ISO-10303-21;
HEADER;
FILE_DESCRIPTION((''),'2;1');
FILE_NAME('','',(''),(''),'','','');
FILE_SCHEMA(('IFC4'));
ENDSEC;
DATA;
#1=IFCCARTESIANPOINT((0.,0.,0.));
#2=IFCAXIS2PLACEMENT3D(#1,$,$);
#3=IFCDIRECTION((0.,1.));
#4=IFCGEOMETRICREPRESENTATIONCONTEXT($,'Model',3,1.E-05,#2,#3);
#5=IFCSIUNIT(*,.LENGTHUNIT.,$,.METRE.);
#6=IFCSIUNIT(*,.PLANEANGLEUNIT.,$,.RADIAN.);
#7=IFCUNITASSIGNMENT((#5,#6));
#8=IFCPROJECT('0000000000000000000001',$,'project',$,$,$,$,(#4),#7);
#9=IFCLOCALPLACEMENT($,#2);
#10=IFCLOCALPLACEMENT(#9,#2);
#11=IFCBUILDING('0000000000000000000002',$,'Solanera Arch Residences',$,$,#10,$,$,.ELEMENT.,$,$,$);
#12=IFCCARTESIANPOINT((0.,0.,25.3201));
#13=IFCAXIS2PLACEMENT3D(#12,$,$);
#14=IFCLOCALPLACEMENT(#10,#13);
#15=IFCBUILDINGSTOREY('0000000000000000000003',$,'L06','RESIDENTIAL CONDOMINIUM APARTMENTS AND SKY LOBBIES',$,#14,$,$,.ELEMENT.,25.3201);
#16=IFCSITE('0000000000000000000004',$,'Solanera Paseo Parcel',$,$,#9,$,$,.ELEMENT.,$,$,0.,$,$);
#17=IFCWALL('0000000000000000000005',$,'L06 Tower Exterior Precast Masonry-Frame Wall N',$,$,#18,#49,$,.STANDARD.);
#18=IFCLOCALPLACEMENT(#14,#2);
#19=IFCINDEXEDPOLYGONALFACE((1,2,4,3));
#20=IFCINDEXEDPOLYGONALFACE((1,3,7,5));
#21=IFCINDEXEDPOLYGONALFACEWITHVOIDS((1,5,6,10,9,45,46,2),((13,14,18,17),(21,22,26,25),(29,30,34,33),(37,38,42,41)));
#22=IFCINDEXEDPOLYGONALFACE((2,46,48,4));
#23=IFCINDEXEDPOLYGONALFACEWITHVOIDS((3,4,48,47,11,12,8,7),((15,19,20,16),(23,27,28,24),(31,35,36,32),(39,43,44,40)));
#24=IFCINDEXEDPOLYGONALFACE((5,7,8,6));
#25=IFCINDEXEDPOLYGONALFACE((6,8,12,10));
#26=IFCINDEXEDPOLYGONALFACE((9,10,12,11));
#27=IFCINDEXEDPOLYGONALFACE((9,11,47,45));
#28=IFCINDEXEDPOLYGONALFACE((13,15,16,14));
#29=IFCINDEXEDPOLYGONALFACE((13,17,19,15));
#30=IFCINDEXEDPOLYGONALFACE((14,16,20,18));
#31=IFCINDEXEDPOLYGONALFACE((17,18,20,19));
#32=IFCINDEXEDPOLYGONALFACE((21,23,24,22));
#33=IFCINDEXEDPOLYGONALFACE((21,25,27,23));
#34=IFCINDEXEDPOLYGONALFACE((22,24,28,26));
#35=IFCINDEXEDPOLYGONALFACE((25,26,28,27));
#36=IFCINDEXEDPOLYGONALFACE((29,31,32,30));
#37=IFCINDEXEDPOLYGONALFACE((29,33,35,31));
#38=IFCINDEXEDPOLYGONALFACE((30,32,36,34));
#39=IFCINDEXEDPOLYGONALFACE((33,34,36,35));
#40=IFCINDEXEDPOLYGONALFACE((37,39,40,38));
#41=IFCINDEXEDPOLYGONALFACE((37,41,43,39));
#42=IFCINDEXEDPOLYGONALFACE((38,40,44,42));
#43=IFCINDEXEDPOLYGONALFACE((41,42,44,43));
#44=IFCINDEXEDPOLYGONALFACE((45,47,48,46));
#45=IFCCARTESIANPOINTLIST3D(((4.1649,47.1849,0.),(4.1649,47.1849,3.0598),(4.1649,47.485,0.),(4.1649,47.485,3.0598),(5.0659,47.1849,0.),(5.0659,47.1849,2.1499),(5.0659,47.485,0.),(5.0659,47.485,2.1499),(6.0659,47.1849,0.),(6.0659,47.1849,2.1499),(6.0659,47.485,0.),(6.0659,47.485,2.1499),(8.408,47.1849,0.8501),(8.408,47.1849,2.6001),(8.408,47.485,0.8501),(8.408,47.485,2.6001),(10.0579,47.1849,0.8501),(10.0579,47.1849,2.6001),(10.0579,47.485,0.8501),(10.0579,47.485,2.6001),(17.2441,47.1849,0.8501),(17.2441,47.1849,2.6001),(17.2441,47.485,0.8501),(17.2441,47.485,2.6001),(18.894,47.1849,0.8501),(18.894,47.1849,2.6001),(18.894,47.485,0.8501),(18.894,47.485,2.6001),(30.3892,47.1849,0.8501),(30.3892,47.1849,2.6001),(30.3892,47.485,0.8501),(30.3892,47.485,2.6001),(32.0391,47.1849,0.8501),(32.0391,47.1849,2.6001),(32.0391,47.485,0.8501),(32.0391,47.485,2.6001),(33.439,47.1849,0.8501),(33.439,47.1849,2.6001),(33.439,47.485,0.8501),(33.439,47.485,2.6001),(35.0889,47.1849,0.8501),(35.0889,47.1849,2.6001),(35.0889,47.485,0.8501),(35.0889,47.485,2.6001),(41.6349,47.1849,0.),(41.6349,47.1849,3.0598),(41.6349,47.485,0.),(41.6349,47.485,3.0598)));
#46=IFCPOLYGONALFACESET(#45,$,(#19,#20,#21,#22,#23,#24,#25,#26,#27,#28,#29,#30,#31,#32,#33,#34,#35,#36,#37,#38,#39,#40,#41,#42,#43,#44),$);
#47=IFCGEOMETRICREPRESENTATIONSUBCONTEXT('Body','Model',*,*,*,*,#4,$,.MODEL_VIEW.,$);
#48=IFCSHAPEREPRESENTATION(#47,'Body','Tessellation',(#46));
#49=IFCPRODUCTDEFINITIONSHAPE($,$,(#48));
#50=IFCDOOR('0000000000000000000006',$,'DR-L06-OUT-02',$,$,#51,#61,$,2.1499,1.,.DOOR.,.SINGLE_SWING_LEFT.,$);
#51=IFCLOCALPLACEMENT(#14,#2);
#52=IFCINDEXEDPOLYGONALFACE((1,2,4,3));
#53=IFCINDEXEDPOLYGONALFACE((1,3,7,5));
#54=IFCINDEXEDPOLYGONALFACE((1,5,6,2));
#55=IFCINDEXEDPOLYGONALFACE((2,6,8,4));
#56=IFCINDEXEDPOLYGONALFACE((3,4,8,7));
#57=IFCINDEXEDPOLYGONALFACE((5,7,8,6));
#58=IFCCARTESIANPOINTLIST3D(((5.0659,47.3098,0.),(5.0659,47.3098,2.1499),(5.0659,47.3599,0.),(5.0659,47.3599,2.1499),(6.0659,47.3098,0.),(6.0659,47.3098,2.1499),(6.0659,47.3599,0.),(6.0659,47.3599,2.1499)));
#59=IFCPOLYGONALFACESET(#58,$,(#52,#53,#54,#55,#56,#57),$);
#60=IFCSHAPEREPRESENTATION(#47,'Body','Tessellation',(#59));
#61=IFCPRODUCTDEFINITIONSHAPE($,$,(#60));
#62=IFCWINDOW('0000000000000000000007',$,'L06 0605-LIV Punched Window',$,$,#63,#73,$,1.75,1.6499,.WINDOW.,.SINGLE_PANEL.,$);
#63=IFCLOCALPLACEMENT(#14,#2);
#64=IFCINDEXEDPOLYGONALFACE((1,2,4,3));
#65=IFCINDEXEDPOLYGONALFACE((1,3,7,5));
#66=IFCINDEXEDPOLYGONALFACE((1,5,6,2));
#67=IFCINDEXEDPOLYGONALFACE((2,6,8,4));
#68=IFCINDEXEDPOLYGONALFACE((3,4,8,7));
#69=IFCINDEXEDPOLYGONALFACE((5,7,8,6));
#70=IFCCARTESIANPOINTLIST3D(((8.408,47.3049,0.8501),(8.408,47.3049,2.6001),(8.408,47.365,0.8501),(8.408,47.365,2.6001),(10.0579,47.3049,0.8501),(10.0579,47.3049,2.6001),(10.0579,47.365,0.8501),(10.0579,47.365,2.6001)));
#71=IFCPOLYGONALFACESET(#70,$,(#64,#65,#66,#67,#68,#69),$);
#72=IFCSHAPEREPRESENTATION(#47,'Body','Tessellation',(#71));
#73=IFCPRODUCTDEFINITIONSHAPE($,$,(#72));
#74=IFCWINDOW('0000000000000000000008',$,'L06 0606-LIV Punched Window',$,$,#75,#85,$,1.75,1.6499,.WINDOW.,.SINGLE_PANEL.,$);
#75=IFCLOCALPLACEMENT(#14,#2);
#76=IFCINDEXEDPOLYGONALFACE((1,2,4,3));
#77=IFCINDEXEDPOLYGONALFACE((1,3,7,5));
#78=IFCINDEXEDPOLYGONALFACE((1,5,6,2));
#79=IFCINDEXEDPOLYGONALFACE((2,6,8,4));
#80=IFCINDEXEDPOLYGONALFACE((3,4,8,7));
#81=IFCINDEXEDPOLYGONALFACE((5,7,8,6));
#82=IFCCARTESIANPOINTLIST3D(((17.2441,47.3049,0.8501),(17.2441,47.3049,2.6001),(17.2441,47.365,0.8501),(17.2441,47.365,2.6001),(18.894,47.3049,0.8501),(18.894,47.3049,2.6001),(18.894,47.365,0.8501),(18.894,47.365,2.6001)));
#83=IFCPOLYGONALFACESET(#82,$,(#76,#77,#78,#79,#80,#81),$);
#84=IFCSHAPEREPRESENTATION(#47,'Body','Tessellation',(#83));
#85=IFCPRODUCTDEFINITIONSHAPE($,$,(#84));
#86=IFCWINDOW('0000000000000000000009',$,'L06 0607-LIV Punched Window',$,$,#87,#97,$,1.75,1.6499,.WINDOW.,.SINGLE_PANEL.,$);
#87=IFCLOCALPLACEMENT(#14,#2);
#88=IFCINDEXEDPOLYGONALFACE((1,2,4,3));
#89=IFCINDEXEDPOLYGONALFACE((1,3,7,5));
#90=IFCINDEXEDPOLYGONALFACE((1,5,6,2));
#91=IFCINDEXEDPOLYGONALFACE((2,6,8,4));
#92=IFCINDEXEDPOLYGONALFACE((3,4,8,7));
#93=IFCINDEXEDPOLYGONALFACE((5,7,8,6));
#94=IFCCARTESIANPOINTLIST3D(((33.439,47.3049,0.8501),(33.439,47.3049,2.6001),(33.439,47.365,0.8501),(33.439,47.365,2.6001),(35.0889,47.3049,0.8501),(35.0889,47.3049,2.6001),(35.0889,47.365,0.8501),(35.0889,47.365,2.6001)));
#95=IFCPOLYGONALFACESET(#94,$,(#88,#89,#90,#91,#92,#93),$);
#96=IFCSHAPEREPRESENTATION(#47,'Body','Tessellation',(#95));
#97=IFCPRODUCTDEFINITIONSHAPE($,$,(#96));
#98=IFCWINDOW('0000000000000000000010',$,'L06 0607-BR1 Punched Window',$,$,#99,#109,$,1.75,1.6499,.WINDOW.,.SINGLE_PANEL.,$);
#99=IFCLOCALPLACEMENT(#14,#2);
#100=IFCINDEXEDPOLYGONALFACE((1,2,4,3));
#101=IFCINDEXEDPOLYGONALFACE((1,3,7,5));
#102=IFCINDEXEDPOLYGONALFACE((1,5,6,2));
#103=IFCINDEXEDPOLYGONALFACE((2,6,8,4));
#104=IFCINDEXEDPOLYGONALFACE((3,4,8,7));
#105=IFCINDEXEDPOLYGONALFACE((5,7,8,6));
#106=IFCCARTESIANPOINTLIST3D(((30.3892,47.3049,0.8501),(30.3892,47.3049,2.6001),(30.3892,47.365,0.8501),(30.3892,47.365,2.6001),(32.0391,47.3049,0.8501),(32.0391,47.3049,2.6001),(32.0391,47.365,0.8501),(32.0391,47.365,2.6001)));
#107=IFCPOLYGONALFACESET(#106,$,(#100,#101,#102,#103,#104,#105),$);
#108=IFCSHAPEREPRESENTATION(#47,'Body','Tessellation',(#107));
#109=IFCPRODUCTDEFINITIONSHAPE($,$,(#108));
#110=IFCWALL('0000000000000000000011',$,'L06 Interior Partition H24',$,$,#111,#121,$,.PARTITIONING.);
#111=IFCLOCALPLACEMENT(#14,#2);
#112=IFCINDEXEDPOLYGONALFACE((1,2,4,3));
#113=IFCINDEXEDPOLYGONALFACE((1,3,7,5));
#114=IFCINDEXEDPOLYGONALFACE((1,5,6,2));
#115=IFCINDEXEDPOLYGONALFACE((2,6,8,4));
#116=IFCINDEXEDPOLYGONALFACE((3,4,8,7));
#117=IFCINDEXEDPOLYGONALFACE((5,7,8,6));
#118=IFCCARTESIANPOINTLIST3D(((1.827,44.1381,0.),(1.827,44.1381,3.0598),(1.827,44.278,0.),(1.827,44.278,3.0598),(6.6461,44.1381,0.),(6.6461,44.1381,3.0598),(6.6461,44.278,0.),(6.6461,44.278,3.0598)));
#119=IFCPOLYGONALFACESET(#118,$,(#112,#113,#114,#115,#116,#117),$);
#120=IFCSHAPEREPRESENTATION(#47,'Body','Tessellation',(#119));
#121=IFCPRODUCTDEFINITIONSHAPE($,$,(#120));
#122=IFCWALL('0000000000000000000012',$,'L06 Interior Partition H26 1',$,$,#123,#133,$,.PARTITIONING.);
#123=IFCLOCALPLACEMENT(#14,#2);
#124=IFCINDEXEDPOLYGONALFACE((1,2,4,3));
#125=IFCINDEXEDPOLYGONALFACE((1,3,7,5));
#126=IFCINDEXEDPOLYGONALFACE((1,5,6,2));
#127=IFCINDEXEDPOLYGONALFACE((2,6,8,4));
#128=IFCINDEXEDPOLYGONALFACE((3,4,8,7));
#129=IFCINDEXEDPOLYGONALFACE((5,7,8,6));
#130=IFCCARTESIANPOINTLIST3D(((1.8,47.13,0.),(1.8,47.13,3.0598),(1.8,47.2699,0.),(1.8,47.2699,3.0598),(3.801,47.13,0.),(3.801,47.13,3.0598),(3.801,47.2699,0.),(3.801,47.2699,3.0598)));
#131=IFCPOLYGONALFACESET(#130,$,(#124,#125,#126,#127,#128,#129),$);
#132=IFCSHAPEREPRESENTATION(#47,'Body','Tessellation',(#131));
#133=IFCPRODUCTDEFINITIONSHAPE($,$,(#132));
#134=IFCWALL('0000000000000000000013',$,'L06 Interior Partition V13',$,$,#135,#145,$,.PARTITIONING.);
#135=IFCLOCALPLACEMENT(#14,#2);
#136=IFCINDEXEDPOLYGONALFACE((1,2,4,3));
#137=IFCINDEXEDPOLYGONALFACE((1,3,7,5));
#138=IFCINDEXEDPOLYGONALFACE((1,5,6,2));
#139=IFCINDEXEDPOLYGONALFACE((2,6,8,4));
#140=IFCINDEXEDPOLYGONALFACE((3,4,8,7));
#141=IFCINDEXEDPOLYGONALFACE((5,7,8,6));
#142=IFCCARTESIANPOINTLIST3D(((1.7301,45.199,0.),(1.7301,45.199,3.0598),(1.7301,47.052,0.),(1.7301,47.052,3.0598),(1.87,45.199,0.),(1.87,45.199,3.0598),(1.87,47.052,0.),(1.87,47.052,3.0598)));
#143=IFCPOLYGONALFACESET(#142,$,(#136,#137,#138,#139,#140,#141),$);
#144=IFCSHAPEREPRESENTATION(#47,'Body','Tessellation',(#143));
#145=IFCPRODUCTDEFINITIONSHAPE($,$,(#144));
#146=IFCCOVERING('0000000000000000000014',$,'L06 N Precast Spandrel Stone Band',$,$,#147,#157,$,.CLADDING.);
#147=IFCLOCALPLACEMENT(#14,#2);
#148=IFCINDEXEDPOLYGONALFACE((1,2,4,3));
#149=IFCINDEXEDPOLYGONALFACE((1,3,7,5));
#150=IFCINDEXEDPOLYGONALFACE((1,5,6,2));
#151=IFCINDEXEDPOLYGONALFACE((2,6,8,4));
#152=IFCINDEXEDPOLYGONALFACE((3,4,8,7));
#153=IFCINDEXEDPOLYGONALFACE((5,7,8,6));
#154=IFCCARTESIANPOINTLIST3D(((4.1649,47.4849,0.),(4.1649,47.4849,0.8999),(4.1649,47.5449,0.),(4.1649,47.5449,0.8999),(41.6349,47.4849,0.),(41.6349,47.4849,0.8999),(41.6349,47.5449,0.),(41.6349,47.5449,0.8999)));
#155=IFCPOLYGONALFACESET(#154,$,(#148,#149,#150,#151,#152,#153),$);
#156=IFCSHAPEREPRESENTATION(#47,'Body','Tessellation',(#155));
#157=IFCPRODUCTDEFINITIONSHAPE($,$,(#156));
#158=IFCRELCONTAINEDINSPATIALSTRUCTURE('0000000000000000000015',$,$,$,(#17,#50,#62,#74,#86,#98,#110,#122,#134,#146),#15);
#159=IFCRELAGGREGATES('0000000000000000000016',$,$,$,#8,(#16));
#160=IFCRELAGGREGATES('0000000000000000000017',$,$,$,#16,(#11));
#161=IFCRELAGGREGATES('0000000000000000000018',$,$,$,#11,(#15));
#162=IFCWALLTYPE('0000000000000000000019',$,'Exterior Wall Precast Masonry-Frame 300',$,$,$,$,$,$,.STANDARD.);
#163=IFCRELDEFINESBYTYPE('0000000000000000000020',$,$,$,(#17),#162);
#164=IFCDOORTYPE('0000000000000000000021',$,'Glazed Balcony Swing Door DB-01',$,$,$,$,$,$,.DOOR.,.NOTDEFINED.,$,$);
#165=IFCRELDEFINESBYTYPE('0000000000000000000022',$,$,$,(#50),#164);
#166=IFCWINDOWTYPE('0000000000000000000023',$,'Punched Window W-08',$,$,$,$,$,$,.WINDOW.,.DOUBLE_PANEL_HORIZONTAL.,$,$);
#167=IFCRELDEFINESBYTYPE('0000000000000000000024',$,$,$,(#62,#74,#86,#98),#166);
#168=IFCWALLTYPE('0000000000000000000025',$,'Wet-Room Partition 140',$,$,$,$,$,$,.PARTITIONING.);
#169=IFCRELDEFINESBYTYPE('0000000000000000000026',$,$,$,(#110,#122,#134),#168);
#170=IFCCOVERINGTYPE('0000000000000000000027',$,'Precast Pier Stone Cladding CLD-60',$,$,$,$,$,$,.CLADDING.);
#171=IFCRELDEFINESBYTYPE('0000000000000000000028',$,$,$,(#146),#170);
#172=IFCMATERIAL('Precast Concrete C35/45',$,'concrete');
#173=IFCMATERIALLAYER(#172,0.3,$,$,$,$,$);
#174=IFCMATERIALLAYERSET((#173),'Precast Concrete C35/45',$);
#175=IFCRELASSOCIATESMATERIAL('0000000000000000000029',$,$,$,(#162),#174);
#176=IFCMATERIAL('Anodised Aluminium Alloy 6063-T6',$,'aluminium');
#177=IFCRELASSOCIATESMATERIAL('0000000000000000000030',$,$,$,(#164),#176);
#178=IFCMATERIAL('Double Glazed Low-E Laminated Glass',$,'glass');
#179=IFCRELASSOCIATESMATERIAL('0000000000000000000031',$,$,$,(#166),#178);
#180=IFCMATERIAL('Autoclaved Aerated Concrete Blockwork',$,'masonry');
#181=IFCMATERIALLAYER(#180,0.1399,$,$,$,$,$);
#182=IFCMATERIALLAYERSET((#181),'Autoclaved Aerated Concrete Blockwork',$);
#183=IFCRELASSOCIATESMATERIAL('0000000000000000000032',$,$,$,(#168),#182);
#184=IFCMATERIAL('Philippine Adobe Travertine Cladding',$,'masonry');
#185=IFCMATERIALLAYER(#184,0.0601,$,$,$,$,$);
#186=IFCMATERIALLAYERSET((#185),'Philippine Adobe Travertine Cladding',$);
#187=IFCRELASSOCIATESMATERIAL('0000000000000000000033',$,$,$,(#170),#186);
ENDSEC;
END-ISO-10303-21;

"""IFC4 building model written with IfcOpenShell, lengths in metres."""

from ifc_helpers import new_model, si_unit, direction, frame, frame_2d, origin, place, context, subcontext, project, spatial, rectangle, extrude, material, layer, layer_set, type_object, element, fill, save


model = new_model("IFC4")

# Units and contexts
model_context = context("Model", 3, precision=1e-05, world=origin(), true_north=direction((0.0, 1.0)))
body_context = subcontext(model_context, "Body", "Model", "MODEL_VIEW")
ifc_project = project(units=[si_unit("LENGTHUNIT", "METRE"), si_unit("PLANEANGLEUNIT", "RADIAN")], contexts=[model_context])

# Site, building, storey
site_placement = place(None, origin())
site = spatial("IfcSite", under=ifc_project, at=site_placement, Name="Solanera Paseo Parcel", CompositionType="ELEMENT", RefElevation=0.0)
building_placement = place(site_placement, origin())
building = spatial("IfcBuilding", under=site, at=building_placement, Name="Solanera Arch Residences", CompositionType="ELEMENT")
storey_placement = place(building_placement, frame((0.0, 0.0, 25.3201)))
storey = spatial("IfcBuildingStorey", under=building, at=storey_placement, Name="L06", Description="RESIDENTIAL CONDOMINIUM APARTMENTS AND SKY LOBBIES", CompositionType="ELEMENT", Elevation=25.3201)

# Shared definitions
ifc_material_1 = material(Name="Precast Concrete C35/45", Category="concrete")
ifc_layer_1 = layer(ifc_material_1, 0.3)
ifc_layer_set_1 = layer_set([ifc_layer_1], Name="Precast Concrete C35/45")
wall_type_1 = type_object("IfcWallType", Name="Exterior Wall Precast Masonry-Frame 300", PredefinedType="STANDARD", material=ifc_layer_set_1)

# Wall, openings, door, windows
wall_1_placement = place(storey_placement, frame((4.165, 47.335, 0.0), z_axis=(0.0, 0.0, 1.0), x_axis=(1.0, 0.0, 0.0)))
wall_1 = element("IfcWall", 1, at=wall_1_placement, inside=storey, type_object=wall_type_1, Name="L06 Tower Exterior Precast Masonry-Frame Wall N", PredefinedType="STANDARD", context=body_context, shape_type="SweptSolid", body=[
    extrude(rectangle(XDim=37.47, YDim=0.3, at=frame_2d((18.7349, 0.0))), origin(), (0.0, 0.0, 1.0), 3.0598),
])
opening_1_placement = place(wall_1_placement, frame((0.9009, 0.0, 0.0)))
opening_1 = element("IfcOpeningElement", 2, at=opening_1_placement, cuts=wall_1, PredefinedType="OPENING", context=body_context, shape_type="SweptSolid", body=[
    extrude(rectangle(XDim=1.0, YDim=2.1499, at=frame_2d((0.5, 1.075))), frame((0.0, 0.1599, 0.0), z_axis=(0.0, -1.0, 0.0), x_axis=(1.0, 0.0, 0.0)), (0.0, 0.0, 1.0), 0.32),
])
opening_2_placement = place(wall_1_placement, frame((4.2429, 0.0, 0.8501)))
opening_2 = element("IfcOpeningElement", 3, at=opening_2_placement, cuts=wall_1, PredefinedType="OPENING", context=body_context, shape_type="SweptSolid", body=[
    extrude(rectangle(XDim=1.6499, YDim=1.75, at=frame_2d((0.825, 0.875))), frame((0.0, 0.1599, 0.0), z_axis=(0.0, -1.0, 0.0), x_axis=(1.0, 0.0, 0.0)), (0.0, 0.0, 1.0), 0.32),
])
opening_3_placement = place(wall_1_placement, frame((13.0791, 0.0, 0.8501)))
opening_3 = element("IfcOpeningElement", 4, at=opening_3_placement, cuts=wall_1, PredefinedType="OPENING", context=body_context, shape_type="SweptSolid", body=[
    extrude(rectangle(XDim=1.6499, YDim=1.75, at=frame_2d((0.825, 0.875))), frame((0.0, 0.1599, 0.0), z_axis=(0.0, -1.0, 0.0), x_axis=(1.0, 0.0, 0.0)), (0.0, 0.0, 1.0), 0.32),
])
opening_4_placement = place(wall_1_placement, frame((29.2739, 0.0, 0.8501)))
opening_4 = element("IfcOpeningElement", 5, at=opening_4_placement, cuts=wall_1, PredefinedType="OPENING", context=body_context, shape_type="SweptSolid", body=[
    extrude(rectangle(XDim=1.6499, YDim=1.75, at=frame_2d((0.825, 0.875))), frame((0.0, 0.1599, 0.0), z_axis=(0.0, -1.0, 0.0), x_axis=(1.0, 0.0, 0.0)), (0.0, 0.0, 1.0), 0.32),
])
opening_5_placement = place(wall_1_placement, frame((26.2241, 0.0, 0.8501)))
opening_5 = element("IfcOpeningElement", 6, at=opening_5_placement, cuts=wall_1, PredefinedType="OPENING", context=body_context, shape_type="SweptSolid", body=[
    extrude(rectangle(XDim=1.6499, YDim=1.75, at=frame_2d((0.825, 0.875))), frame((0.0, 0.1599, 0.0), z_axis=(0.0, -1.0, 0.0), x_axis=(1.0, 0.0, 0.0)), (0.0, 0.0, 1.0), 0.32),
])
ifc_material_2 = material(Name="Anodised Aluminium Alloy 6063-T6", Category="aluminium")
door_type_1 = type_object("IfcDoorType", Name="Glazed Balcony Swing Door DB-01", OperationType="NOTDEFINED", PredefinedType="DOOR", material=ifc_material_2)
door_1_placement = place(opening_1_placement, origin())
door_1 = element("IfcDoor", 7, at=door_1_placement, inside=storey, type_object=door_type_1, Name="DR-L06-OUT-02", OperationType="SINGLE_SWING_LEFT", OverallHeight=2.1499, OverallWidth=1.0, PredefinedType="DOOR", context=body_context, shape_type="SweptSolid", body=[
    extrude(rectangle(XDim=1.0, YDim=2.1499, at=frame_2d((0.5, 1.075))), frame((0.0, 0.0249, 0.0), z_axis=(0.0, -1.0, 0.0), x_axis=(1.0, 0.0, 0.0)), (0.0, 0.0, 1.0), 0.05),
])
fill(opening_1, door_1)
ifc_material_3 = material(Name="Double Glazed Low-E Laminated Glass", Category="glass")
window_type_1 = type_object("IfcWindowType", Name="Punched Window W-08", PartitioningType="DOUBLE_PANEL_HORIZONTAL", PredefinedType="WINDOW", material=ifc_material_3)
window_1_placement = place(opening_2_placement, origin())
window_1 = element("IfcWindow", 8, at=window_1_placement, inside=storey, type_object=window_type_1, Name="L06 0605-LIV Punched Window", OverallHeight=1.75, OverallWidth=1.6499, PartitioningType="SINGLE_PANEL", PredefinedType="WINDOW", context=body_context, shape_type="SweptSolid", body=[
    extrude(rectangle(XDim=1.6499, YDim=1.75, at=frame_2d((0.825, 0.875))), frame((0.0, 0.03, 0.0), z_axis=(0.0, -1.0, 0.0), x_axis=(1.0, 0.0, 0.0)), (0.0, 0.0, 1.0), 0.0601),
])
fill(opening_2, window_1)
window_2_placement = place(opening_3_placement, origin())
window_2 = element("IfcWindow", 9, at=window_2_placement, inside=storey, type_object=window_type_1, Name="L06 0606-LIV Punched Window", OverallHeight=1.75, OverallWidth=1.6499, PartitioningType="SINGLE_PANEL", PredefinedType="WINDOW", context=body_context, shape_type="SweptSolid", body=[
    extrude(rectangle(XDim=1.6499, YDim=1.75, at=frame_2d((0.825, 0.875))), frame((0.0, 0.03, 0.0), z_axis=(0.0, -1.0, 0.0), x_axis=(1.0, 0.0, 0.0)), (0.0, 0.0, 1.0), 0.0601),
])
fill(opening_3, window_2)
window_3_placement = place(opening_4_placement, origin())
window_3 = element("IfcWindow", 10, at=window_3_placement, inside=storey, type_object=window_type_1, Name="L06 0607-LIV Punched Window", OverallHeight=1.75, OverallWidth=1.6499, PartitioningType="SINGLE_PANEL", PredefinedType="WINDOW", context=body_context, shape_type="SweptSolid", body=[
    extrude(rectangle(XDim=1.6499, YDim=1.75, at=frame_2d((0.825, 0.875))), frame((0.0, 0.03, 0.0), z_axis=(0.0, -1.0, 0.0), x_axis=(1.0, 0.0, 0.0)), (0.0, 0.0, 1.0), 0.0601),
])
fill(opening_4, window_3)
window_4_placement = place(opening_5_placement, origin())
window_4 = element("IfcWindow", 11, at=window_4_placement, inside=storey, type_object=window_type_1, Name="L06 0607-BR1 Punched Window", OverallHeight=1.75, OverallWidth=1.6499, PartitioningType="SINGLE_PANEL", PredefinedType="WINDOW", context=body_context, shape_type="SweptSolid", body=[
    extrude(rectangle(XDim=1.6499, YDim=1.75, at=frame_2d((0.825, 0.875))), frame((0.0, 0.03, 0.0), z_axis=(0.0, -1.0, 0.0), x_axis=(1.0, 0.0, 0.0)), (0.0, 0.0, 1.0), 0.0601),
])
fill(opening_5, window_4)

# Walls
ifc_material_4 = material(Name="Autoclaved Aerated Concrete Blockwork", Category="masonry")
ifc_layer_2 = layer(ifc_material_4, 0.1399)
ifc_layer_set_2 = layer_set([ifc_layer_2], Name="Autoclaved Aerated Concrete Blockwork")
wall_type_2 = type_object("IfcWallType", Name="Wet-Room Partition 140", PredefinedType="PARTITIONING", material=ifc_layer_set_2)
wall_2_placement = place(storey_placement, frame((1.8269, 44.208, 0.0), z_axis=(0.0, 0.0, 1.0), x_axis=(1.0, 0.0, 0.0)))
element("IfcWall", 12, at=wall_2_placement, inside=storey, type_object=wall_type_2, Name="L06 Interior Partition H24", PredefinedType="PARTITIONING", context=body_context, shape_type="SweptSolid", body=[
    extrude(rectangle(XDim=4.8191, YDim=0.1399, at=frame_2d((2.4097, 0.0))), origin(), (0.0, 0.0, 1.0), 3.0598),
])
wall_3_placement = place(storey_placement, frame((1.8, 47.2, 0.0), z_axis=(0.0, 0.0, 1.0), x_axis=(1.0, 0.0, 0.0)))
element("IfcWall", 13, at=wall_3_placement, inside=storey, type_object=wall_type_2, Name="L06 Interior Partition H26 1", PredefinedType="PARTITIONING", context=body_context, shape_type="SweptSolid", body=[
    extrude(rectangle(XDim=2.001, YDim=0.1399, at=frame_2d((1.0005, 0.0))), origin(), (0.0, 0.0, 1.0), 3.0598),
])
wall_4_placement = place(storey_placement, frame((1.8, 45.199, 0.0), z_axis=(0.0, 0.0, 1.0), x_axis=(0.0, 1.0, 0.0)))
element("IfcWall", 14, at=wall_4_placement, inside=storey, type_object=wall_type_2, Name="L06 Interior Partition V13", PredefinedType="PARTITIONING", context=body_context, shape_type="SweptSolid", body=[
    extrude(rectangle(XDim=1.853, YDim=0.1399, at=frame_2d((0.9265, 0.0))), origin(), (0.0, 0.0, 1.0), 3.0598),
])

# Covering
ifc_material_5 = material(Name="Philippine Adobe Travertine Cladding", Category="masonry")
ifc_layer_3 = layer(ifc_material_5, 0.0601)
ifc_layer_set_3 = layer_set([ifc_layer_3], Name="Philippine Adobe Travertine Cladding")
covering_type = type_object("IfcCoveringType", Name="Precast Pier Stone Cladding CLD-60", PredefinedType="CLADDING", material=ifc_layer_set_3)
covering_placement = place(storey_placement, frame((4.165, 47.5149, 0.0), z_axis=(0.0, 0.0, 1.0), x_axis=(1.0, 0.0, 0.0)))
element("IfcCovering", 15, at=covering_placement, inside=storey, type_object=covering_type, Name="L06 N Precast Spandrel Stone Band", PredefinedType="CLADDING", context=body_context, shape_type="SweptSolid", body=[
    extrude(rectangle(XDim=37.47, YDim=0.0601, at=frame_2d((18.7349, 0.0))), origin(), (0.0, 0.0, 1.0), 0.8999),
])

save(model, "model.ifc")
